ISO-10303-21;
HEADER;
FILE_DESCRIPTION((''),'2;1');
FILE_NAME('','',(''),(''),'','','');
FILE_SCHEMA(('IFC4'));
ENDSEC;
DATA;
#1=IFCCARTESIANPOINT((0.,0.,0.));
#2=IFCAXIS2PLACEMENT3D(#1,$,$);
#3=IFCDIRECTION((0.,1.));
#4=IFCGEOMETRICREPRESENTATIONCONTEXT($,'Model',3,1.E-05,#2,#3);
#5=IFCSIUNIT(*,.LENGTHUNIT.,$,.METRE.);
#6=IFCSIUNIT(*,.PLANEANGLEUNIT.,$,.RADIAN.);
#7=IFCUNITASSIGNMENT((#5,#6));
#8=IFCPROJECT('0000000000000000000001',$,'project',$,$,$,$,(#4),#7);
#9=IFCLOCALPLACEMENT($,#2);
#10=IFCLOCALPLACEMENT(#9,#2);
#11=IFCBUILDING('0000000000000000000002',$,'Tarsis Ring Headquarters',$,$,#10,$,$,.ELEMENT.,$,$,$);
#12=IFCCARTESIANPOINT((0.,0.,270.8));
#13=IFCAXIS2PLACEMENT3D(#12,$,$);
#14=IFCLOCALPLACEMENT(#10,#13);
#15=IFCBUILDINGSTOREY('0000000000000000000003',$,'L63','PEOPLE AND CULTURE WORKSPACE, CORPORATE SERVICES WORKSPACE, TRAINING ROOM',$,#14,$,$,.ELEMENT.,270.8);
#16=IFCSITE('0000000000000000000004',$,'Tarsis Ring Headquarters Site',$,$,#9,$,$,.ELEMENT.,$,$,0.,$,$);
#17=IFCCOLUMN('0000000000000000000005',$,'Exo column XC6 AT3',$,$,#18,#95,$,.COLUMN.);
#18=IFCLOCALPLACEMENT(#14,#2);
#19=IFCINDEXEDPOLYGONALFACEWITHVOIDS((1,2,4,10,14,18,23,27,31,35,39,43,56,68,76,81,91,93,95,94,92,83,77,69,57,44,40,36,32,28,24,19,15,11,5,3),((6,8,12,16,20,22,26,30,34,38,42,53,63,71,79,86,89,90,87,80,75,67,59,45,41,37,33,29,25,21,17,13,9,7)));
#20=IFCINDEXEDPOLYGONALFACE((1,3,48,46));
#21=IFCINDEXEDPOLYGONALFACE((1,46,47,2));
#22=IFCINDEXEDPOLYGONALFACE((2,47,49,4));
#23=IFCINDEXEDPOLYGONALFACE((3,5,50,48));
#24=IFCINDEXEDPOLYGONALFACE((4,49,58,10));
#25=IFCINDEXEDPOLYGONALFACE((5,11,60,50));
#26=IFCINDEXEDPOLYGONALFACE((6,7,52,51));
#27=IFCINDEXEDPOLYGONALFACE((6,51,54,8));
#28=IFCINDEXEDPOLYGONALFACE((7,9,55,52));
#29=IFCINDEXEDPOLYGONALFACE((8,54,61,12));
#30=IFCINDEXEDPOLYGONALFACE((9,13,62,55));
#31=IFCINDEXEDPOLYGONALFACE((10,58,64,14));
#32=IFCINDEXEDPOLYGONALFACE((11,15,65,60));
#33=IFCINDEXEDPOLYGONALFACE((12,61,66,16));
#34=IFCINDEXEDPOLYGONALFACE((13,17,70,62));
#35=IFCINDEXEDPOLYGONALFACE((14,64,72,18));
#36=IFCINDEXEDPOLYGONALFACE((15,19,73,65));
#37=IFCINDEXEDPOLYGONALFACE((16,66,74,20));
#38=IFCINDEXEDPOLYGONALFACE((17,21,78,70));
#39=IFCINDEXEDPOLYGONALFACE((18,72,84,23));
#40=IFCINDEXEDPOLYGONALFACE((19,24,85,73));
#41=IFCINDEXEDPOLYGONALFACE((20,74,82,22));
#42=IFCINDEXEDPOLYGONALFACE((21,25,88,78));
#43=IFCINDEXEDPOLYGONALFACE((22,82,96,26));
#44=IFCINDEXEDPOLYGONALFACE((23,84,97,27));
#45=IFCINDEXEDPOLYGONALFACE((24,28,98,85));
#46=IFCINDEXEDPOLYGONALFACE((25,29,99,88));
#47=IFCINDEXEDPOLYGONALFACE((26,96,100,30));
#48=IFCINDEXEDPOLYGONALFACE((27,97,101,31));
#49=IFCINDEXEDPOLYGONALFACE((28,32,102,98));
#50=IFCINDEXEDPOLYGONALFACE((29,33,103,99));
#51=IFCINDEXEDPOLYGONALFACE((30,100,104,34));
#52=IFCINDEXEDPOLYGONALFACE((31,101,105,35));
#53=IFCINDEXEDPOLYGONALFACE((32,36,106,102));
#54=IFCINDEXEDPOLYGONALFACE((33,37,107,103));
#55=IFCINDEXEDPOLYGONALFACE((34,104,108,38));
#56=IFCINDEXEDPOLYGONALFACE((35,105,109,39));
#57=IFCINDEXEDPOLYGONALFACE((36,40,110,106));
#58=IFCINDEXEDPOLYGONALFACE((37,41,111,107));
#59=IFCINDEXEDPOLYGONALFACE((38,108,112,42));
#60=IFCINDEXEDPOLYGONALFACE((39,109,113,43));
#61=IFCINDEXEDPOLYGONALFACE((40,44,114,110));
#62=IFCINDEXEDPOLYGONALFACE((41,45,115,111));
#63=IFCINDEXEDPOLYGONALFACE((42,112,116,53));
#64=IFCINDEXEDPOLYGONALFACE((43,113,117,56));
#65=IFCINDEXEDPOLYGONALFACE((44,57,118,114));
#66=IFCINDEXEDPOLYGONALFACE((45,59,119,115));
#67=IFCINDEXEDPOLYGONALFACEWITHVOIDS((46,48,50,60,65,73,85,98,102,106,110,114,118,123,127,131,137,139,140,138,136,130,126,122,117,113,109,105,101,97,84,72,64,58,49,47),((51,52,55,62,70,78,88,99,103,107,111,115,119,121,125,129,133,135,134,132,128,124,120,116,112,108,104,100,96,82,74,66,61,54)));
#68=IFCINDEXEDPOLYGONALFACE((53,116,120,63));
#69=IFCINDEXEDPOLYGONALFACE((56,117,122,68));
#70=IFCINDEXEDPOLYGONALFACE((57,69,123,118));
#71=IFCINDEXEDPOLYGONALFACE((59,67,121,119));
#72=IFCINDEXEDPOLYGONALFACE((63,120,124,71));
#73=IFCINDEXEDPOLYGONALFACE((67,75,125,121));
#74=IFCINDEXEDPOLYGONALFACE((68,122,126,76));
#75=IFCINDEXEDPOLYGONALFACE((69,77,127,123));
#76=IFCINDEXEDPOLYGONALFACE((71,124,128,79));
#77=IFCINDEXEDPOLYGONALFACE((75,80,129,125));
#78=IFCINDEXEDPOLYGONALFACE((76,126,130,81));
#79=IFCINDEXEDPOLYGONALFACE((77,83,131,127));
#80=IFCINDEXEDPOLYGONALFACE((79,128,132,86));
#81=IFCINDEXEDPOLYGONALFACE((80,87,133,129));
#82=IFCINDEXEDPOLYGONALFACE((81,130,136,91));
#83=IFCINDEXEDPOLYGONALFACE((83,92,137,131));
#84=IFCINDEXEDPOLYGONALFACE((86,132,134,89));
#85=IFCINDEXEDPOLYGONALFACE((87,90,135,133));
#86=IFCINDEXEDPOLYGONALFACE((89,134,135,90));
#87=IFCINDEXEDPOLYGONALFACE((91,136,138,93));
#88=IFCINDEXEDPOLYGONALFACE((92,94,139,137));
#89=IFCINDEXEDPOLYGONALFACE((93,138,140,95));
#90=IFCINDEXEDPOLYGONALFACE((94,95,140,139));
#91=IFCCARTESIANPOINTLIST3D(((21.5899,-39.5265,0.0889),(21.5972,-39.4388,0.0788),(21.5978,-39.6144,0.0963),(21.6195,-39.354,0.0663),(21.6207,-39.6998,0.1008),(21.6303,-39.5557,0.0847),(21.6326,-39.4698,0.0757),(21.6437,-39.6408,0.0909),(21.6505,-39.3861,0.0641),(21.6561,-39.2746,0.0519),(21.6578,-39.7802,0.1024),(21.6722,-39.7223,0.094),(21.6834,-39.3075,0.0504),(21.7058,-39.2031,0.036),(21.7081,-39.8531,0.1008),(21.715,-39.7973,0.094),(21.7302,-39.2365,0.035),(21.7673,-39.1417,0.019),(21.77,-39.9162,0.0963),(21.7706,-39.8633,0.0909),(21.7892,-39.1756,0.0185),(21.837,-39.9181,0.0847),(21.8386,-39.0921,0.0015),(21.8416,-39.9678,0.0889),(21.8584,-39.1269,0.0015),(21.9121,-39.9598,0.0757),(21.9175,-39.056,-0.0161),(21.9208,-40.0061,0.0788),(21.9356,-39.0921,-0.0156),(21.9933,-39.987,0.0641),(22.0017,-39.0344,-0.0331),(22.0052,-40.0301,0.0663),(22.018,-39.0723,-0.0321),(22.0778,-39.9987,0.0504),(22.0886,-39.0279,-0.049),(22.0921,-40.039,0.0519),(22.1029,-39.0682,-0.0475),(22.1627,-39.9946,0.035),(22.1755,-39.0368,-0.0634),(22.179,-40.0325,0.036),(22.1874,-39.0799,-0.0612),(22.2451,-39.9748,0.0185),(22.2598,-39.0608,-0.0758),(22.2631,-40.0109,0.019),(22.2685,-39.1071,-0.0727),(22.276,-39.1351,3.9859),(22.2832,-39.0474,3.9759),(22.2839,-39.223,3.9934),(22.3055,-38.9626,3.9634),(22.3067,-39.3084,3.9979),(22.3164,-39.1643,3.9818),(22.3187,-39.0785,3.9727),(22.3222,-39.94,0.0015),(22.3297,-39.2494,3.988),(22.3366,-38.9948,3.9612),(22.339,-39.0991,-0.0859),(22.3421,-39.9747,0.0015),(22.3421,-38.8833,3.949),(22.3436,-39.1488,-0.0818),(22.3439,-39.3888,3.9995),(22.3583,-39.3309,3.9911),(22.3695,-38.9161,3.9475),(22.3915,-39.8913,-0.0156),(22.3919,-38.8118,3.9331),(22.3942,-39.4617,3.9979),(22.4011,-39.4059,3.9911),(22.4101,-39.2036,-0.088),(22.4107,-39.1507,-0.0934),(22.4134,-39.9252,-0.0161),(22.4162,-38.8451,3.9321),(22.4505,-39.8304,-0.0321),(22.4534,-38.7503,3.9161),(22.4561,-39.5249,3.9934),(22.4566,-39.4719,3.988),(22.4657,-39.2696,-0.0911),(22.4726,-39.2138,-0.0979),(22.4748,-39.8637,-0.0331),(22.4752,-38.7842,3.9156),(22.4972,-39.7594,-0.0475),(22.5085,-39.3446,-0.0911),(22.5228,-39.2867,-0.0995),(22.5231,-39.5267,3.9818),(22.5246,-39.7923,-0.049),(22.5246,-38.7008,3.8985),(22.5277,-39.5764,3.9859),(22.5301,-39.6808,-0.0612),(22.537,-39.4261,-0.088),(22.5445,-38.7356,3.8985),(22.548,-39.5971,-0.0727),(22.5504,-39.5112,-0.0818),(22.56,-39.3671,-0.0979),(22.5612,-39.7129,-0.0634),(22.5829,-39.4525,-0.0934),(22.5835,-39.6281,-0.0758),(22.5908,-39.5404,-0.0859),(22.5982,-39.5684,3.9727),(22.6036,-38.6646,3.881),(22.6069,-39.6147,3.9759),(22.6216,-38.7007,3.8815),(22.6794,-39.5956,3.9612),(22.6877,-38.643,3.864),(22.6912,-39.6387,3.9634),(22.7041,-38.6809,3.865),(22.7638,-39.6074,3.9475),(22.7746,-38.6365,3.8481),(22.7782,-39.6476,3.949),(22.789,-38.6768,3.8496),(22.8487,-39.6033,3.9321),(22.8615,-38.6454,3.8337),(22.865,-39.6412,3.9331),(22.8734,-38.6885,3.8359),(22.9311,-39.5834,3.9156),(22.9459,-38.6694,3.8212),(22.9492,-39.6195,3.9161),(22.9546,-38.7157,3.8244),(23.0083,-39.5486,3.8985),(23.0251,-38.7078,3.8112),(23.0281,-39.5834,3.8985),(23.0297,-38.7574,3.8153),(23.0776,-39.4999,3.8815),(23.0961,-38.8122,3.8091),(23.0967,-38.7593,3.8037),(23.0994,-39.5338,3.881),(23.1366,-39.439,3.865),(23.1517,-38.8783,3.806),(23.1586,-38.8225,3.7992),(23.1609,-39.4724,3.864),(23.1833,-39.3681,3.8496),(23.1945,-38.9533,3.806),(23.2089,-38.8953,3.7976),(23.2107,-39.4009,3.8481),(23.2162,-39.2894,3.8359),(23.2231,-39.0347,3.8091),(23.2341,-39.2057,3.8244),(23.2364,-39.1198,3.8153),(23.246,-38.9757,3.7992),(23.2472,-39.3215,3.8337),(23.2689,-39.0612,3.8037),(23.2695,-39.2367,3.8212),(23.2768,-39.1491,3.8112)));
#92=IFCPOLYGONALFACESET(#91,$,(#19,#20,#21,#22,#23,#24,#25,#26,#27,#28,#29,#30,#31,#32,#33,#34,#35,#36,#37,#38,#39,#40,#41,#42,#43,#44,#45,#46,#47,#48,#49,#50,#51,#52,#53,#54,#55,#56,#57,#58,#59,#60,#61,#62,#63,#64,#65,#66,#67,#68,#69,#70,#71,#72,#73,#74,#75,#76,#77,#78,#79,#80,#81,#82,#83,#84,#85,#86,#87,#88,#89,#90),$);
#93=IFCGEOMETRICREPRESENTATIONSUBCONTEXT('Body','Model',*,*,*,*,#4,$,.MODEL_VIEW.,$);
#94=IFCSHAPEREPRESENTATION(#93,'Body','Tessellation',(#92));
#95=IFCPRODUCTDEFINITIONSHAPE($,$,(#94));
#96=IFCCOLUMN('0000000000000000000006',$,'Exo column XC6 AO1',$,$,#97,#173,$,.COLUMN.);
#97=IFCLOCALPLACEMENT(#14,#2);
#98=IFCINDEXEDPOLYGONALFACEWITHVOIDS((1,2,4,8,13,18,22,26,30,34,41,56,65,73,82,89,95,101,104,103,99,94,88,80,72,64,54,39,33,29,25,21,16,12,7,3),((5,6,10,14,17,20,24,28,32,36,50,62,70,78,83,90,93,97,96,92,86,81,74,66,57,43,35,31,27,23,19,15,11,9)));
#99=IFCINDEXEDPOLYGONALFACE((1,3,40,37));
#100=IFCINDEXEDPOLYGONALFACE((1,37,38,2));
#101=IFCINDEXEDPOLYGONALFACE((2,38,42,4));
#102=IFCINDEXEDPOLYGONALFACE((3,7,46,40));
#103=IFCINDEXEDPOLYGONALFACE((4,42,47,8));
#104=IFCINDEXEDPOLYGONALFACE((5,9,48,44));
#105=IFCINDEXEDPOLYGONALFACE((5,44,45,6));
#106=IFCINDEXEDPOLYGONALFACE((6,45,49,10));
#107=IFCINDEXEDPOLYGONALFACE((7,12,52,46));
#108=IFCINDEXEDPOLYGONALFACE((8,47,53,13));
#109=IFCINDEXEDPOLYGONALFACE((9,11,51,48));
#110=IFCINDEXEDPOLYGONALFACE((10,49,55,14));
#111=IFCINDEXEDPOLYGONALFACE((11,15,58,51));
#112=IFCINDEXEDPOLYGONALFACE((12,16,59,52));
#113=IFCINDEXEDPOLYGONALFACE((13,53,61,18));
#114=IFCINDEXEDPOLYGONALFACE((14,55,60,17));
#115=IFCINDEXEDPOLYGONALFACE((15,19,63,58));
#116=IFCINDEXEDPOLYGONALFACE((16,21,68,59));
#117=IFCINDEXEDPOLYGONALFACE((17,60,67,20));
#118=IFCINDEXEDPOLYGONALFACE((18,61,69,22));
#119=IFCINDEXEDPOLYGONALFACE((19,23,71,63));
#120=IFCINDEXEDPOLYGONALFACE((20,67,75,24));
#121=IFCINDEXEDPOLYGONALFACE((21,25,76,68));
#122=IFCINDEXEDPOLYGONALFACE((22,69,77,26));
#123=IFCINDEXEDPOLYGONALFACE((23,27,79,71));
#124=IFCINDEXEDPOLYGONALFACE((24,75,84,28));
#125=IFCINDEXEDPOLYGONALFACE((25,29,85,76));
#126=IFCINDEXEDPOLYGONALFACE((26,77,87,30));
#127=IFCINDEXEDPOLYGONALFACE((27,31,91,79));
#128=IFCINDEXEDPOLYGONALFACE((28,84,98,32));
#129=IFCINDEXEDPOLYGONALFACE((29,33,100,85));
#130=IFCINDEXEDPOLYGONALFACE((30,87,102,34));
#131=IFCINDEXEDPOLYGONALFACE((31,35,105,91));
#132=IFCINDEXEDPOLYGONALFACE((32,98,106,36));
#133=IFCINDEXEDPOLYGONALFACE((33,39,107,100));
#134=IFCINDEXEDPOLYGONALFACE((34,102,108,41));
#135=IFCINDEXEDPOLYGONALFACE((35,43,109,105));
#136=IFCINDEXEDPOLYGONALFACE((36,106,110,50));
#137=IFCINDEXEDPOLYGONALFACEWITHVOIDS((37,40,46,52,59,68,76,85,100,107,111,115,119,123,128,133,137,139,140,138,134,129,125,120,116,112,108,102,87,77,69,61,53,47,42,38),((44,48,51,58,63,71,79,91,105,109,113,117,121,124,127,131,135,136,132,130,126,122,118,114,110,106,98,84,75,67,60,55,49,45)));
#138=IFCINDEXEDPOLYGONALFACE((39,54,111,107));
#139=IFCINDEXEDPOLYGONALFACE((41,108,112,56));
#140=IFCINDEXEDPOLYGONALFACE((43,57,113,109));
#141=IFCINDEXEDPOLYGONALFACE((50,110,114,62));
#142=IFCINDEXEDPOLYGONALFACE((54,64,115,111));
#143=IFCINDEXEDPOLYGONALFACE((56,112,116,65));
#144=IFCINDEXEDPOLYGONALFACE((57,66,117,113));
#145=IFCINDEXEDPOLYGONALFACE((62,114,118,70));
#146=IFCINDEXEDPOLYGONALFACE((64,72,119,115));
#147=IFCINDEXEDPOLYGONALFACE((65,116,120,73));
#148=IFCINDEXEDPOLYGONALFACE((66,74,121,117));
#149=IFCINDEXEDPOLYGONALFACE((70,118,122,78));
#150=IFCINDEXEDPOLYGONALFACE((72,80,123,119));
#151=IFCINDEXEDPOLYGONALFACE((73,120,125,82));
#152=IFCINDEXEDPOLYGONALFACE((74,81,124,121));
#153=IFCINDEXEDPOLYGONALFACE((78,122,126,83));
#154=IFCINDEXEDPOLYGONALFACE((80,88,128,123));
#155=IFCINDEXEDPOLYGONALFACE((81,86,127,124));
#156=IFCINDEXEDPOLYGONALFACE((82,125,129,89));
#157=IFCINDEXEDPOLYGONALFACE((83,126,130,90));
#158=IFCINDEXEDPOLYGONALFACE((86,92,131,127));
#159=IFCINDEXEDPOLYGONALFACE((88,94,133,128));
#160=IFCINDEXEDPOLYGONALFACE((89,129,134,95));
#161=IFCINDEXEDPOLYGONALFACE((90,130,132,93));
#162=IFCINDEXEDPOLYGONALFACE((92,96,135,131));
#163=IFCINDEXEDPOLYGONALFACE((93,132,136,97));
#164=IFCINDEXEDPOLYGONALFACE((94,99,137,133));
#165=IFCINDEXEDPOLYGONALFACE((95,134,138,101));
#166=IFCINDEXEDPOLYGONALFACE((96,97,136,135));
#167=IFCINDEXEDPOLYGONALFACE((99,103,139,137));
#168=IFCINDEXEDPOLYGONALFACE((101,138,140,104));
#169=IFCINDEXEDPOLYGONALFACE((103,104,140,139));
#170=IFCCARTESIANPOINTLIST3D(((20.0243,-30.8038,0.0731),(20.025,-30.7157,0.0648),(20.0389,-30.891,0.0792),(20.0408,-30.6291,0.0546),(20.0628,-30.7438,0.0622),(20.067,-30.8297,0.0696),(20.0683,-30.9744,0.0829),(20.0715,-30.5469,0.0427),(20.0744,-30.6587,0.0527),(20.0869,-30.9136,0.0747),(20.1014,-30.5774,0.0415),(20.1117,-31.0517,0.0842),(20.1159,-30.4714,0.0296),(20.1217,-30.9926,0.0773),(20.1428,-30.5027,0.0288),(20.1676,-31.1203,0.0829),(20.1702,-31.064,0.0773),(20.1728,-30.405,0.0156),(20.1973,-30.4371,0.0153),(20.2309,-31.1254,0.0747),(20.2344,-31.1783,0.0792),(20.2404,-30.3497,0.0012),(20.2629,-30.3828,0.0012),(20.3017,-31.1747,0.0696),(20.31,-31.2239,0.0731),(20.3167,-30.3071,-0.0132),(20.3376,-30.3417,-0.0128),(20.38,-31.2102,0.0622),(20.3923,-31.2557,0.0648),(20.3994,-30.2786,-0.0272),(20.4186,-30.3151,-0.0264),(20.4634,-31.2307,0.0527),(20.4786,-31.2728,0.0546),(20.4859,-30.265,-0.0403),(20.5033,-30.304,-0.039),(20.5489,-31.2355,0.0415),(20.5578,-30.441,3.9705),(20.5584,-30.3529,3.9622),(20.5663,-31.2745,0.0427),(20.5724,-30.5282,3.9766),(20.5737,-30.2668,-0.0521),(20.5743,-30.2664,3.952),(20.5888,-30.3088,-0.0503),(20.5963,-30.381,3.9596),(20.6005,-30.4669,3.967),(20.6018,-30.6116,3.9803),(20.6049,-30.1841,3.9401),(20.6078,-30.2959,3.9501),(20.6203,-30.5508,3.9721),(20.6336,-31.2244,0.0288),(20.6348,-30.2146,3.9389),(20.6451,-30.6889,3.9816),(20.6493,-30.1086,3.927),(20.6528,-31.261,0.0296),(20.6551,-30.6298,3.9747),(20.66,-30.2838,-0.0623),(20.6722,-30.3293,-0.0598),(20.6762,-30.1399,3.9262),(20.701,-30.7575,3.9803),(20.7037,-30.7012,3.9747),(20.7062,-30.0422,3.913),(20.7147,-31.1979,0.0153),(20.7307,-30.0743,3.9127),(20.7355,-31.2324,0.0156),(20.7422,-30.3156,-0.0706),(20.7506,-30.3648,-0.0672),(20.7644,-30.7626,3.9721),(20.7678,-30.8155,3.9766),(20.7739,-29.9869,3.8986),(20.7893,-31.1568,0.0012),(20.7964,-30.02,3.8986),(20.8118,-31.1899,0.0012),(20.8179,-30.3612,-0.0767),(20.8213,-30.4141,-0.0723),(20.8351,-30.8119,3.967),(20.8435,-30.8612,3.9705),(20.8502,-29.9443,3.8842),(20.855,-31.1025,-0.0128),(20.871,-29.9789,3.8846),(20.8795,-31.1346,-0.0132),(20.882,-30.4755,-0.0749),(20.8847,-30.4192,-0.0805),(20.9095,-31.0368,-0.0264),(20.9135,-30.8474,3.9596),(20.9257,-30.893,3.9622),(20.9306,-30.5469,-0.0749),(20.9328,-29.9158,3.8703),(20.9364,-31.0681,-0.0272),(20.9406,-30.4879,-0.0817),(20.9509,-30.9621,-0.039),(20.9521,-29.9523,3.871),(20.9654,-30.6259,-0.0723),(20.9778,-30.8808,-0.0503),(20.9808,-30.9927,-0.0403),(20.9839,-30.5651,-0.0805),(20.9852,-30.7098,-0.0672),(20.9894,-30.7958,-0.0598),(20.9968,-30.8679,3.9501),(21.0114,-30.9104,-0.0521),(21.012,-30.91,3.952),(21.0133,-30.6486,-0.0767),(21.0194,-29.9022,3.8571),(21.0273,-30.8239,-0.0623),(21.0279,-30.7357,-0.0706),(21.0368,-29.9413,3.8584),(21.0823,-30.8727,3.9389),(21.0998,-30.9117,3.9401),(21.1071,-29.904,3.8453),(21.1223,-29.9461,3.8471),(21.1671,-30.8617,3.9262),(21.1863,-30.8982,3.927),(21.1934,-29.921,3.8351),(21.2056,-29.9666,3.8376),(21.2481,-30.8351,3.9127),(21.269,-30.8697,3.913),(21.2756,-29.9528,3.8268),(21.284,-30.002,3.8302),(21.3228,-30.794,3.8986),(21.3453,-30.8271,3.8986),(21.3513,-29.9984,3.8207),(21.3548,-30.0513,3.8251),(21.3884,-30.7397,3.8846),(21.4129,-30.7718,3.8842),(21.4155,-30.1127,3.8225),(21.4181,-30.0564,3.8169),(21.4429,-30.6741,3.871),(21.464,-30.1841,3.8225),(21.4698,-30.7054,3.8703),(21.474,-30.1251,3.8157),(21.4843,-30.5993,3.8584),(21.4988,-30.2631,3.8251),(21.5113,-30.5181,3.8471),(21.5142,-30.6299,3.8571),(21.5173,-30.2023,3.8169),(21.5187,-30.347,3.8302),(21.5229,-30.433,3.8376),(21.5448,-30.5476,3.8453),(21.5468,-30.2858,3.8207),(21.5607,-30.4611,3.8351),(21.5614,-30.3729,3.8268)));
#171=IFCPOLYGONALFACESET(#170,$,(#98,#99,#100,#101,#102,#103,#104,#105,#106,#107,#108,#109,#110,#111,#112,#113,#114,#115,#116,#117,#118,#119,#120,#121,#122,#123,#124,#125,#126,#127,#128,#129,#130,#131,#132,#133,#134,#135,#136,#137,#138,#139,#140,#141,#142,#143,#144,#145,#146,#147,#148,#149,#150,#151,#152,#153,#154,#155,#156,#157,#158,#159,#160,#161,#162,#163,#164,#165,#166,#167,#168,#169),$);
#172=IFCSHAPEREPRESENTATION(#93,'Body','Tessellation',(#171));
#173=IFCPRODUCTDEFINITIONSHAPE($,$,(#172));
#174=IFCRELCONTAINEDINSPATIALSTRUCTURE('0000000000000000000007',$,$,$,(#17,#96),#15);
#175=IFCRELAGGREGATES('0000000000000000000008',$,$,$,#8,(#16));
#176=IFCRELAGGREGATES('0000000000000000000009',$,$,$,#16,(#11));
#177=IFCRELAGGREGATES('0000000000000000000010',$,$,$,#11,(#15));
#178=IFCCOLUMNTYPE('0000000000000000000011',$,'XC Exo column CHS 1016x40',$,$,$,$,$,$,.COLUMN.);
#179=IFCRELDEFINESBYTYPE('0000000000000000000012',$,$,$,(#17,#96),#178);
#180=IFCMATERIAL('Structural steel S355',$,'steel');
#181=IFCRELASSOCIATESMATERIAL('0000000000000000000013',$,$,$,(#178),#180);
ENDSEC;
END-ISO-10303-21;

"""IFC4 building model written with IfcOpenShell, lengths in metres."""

from ifc_helpers import new_model, si_unit, direction, frame, origin, origin_2d, place, context, subcontext, project, spatial, hollow_circle, extrude, material, material_profile, profile_set, type_object, element, save


model = new_model("IFC4")

# Units and contexts
model_context = context("Model", 3, precision=1e-05, world=origin(), true_north=direction((0.0, 1.0)))
body_context = subcontext(model_context, "Body", "Model", "MODEL_VIEW")
ifc_project = project(units=[si_unit("LENGTHUNIT", "METRE"), si_unit("PLANEANGLEUNIT", "RADIAN")], contexts=[model_context])

# Site, building, storey
site_placement = place(None, origin())
site = spatial("IfcSite", under=ifc_project, at=site_placement, Name="Tarsis Ring Headquarters Site", CompositionType="ELEMENT", RefElevation=0.0)
building_placement = place(site_placement, origin())
building = spatial("IfcBuilding", under=site, at=building_placement, Name="Tarsis Ring Headquarters", CompositionType="ELEMENT")
storey_placement = place(building_placement, frame((0.0, 0.0, 270.8)))
storey = spatial("IfcBuildingStorey", under=building, at=storey_placement, Name="L63", Description="PEOPLE AND CULTURE WORKSPACE, CORPORATE SERVICES WORKSPACE, TRAINING ROOM", CompositionType="ELEMENT", Elevation=270.8)

# Columns
ifc_material_1 = material(Name="Structural steel S355", Category="steel")
ifc_material_profile_1 = material_profile(ifc_material_1, hollow_circle(Radius=0.5081, WallThickness=0.04, at=origin_2d()), Name="CHS 1016x40")
ifc_profile_set_1 = profile_set([ifc_material_profile_1], Name="Structural steel S355")
column_type = type_object("IfcColumnType", Name="XC Exo column CHS 1016x40", PredefinedType="COLUMN", material=ifc_profile_set_1)
column_1_placement = place(storey_placement, frame((22.0903, -39.5334, 0.0015), z_axis=(0.172535, 0.098425, 0.980074), x_axis=(-0.495506, 0.868604, 0.0)))
element("IfcColumn", 1, at=column_1_placement, inside=storey, type_object=column_type, Name="Exo column XC6 AT3", PredefinedType="COLUMN", context=body_context, shape_type="SweptSolid", body=[
    extrude(hollow_circle(Radius=0.5081, WallThickness=0.04, at=origin_2d()), origin(), (0.0, 0.0, 1.0), 3.9763),
])
column_2_placement = place(storey_placement, frame((20.5261, -30.7698, 0.0012), z_axis=(0.135033, 0.091835, 0.986576), x_axis=(-0.562362, 0.826891, 0.0)))
element("IfcColumn", 2, at=column_2_placement, inside=storey, type_object=column_type, Name="Exo column XC6 AO1", PredefinedType="COLUMN", context=body_context, shape_type="SweptSolid", body=[
    extrude(hollow_circle(Radius=0.5081, WallThickness=0.04, at=origin_2d()), origin(), (0.0, 0.0, 1.0), 3.9504),
])

save(model, "model.ifc")
